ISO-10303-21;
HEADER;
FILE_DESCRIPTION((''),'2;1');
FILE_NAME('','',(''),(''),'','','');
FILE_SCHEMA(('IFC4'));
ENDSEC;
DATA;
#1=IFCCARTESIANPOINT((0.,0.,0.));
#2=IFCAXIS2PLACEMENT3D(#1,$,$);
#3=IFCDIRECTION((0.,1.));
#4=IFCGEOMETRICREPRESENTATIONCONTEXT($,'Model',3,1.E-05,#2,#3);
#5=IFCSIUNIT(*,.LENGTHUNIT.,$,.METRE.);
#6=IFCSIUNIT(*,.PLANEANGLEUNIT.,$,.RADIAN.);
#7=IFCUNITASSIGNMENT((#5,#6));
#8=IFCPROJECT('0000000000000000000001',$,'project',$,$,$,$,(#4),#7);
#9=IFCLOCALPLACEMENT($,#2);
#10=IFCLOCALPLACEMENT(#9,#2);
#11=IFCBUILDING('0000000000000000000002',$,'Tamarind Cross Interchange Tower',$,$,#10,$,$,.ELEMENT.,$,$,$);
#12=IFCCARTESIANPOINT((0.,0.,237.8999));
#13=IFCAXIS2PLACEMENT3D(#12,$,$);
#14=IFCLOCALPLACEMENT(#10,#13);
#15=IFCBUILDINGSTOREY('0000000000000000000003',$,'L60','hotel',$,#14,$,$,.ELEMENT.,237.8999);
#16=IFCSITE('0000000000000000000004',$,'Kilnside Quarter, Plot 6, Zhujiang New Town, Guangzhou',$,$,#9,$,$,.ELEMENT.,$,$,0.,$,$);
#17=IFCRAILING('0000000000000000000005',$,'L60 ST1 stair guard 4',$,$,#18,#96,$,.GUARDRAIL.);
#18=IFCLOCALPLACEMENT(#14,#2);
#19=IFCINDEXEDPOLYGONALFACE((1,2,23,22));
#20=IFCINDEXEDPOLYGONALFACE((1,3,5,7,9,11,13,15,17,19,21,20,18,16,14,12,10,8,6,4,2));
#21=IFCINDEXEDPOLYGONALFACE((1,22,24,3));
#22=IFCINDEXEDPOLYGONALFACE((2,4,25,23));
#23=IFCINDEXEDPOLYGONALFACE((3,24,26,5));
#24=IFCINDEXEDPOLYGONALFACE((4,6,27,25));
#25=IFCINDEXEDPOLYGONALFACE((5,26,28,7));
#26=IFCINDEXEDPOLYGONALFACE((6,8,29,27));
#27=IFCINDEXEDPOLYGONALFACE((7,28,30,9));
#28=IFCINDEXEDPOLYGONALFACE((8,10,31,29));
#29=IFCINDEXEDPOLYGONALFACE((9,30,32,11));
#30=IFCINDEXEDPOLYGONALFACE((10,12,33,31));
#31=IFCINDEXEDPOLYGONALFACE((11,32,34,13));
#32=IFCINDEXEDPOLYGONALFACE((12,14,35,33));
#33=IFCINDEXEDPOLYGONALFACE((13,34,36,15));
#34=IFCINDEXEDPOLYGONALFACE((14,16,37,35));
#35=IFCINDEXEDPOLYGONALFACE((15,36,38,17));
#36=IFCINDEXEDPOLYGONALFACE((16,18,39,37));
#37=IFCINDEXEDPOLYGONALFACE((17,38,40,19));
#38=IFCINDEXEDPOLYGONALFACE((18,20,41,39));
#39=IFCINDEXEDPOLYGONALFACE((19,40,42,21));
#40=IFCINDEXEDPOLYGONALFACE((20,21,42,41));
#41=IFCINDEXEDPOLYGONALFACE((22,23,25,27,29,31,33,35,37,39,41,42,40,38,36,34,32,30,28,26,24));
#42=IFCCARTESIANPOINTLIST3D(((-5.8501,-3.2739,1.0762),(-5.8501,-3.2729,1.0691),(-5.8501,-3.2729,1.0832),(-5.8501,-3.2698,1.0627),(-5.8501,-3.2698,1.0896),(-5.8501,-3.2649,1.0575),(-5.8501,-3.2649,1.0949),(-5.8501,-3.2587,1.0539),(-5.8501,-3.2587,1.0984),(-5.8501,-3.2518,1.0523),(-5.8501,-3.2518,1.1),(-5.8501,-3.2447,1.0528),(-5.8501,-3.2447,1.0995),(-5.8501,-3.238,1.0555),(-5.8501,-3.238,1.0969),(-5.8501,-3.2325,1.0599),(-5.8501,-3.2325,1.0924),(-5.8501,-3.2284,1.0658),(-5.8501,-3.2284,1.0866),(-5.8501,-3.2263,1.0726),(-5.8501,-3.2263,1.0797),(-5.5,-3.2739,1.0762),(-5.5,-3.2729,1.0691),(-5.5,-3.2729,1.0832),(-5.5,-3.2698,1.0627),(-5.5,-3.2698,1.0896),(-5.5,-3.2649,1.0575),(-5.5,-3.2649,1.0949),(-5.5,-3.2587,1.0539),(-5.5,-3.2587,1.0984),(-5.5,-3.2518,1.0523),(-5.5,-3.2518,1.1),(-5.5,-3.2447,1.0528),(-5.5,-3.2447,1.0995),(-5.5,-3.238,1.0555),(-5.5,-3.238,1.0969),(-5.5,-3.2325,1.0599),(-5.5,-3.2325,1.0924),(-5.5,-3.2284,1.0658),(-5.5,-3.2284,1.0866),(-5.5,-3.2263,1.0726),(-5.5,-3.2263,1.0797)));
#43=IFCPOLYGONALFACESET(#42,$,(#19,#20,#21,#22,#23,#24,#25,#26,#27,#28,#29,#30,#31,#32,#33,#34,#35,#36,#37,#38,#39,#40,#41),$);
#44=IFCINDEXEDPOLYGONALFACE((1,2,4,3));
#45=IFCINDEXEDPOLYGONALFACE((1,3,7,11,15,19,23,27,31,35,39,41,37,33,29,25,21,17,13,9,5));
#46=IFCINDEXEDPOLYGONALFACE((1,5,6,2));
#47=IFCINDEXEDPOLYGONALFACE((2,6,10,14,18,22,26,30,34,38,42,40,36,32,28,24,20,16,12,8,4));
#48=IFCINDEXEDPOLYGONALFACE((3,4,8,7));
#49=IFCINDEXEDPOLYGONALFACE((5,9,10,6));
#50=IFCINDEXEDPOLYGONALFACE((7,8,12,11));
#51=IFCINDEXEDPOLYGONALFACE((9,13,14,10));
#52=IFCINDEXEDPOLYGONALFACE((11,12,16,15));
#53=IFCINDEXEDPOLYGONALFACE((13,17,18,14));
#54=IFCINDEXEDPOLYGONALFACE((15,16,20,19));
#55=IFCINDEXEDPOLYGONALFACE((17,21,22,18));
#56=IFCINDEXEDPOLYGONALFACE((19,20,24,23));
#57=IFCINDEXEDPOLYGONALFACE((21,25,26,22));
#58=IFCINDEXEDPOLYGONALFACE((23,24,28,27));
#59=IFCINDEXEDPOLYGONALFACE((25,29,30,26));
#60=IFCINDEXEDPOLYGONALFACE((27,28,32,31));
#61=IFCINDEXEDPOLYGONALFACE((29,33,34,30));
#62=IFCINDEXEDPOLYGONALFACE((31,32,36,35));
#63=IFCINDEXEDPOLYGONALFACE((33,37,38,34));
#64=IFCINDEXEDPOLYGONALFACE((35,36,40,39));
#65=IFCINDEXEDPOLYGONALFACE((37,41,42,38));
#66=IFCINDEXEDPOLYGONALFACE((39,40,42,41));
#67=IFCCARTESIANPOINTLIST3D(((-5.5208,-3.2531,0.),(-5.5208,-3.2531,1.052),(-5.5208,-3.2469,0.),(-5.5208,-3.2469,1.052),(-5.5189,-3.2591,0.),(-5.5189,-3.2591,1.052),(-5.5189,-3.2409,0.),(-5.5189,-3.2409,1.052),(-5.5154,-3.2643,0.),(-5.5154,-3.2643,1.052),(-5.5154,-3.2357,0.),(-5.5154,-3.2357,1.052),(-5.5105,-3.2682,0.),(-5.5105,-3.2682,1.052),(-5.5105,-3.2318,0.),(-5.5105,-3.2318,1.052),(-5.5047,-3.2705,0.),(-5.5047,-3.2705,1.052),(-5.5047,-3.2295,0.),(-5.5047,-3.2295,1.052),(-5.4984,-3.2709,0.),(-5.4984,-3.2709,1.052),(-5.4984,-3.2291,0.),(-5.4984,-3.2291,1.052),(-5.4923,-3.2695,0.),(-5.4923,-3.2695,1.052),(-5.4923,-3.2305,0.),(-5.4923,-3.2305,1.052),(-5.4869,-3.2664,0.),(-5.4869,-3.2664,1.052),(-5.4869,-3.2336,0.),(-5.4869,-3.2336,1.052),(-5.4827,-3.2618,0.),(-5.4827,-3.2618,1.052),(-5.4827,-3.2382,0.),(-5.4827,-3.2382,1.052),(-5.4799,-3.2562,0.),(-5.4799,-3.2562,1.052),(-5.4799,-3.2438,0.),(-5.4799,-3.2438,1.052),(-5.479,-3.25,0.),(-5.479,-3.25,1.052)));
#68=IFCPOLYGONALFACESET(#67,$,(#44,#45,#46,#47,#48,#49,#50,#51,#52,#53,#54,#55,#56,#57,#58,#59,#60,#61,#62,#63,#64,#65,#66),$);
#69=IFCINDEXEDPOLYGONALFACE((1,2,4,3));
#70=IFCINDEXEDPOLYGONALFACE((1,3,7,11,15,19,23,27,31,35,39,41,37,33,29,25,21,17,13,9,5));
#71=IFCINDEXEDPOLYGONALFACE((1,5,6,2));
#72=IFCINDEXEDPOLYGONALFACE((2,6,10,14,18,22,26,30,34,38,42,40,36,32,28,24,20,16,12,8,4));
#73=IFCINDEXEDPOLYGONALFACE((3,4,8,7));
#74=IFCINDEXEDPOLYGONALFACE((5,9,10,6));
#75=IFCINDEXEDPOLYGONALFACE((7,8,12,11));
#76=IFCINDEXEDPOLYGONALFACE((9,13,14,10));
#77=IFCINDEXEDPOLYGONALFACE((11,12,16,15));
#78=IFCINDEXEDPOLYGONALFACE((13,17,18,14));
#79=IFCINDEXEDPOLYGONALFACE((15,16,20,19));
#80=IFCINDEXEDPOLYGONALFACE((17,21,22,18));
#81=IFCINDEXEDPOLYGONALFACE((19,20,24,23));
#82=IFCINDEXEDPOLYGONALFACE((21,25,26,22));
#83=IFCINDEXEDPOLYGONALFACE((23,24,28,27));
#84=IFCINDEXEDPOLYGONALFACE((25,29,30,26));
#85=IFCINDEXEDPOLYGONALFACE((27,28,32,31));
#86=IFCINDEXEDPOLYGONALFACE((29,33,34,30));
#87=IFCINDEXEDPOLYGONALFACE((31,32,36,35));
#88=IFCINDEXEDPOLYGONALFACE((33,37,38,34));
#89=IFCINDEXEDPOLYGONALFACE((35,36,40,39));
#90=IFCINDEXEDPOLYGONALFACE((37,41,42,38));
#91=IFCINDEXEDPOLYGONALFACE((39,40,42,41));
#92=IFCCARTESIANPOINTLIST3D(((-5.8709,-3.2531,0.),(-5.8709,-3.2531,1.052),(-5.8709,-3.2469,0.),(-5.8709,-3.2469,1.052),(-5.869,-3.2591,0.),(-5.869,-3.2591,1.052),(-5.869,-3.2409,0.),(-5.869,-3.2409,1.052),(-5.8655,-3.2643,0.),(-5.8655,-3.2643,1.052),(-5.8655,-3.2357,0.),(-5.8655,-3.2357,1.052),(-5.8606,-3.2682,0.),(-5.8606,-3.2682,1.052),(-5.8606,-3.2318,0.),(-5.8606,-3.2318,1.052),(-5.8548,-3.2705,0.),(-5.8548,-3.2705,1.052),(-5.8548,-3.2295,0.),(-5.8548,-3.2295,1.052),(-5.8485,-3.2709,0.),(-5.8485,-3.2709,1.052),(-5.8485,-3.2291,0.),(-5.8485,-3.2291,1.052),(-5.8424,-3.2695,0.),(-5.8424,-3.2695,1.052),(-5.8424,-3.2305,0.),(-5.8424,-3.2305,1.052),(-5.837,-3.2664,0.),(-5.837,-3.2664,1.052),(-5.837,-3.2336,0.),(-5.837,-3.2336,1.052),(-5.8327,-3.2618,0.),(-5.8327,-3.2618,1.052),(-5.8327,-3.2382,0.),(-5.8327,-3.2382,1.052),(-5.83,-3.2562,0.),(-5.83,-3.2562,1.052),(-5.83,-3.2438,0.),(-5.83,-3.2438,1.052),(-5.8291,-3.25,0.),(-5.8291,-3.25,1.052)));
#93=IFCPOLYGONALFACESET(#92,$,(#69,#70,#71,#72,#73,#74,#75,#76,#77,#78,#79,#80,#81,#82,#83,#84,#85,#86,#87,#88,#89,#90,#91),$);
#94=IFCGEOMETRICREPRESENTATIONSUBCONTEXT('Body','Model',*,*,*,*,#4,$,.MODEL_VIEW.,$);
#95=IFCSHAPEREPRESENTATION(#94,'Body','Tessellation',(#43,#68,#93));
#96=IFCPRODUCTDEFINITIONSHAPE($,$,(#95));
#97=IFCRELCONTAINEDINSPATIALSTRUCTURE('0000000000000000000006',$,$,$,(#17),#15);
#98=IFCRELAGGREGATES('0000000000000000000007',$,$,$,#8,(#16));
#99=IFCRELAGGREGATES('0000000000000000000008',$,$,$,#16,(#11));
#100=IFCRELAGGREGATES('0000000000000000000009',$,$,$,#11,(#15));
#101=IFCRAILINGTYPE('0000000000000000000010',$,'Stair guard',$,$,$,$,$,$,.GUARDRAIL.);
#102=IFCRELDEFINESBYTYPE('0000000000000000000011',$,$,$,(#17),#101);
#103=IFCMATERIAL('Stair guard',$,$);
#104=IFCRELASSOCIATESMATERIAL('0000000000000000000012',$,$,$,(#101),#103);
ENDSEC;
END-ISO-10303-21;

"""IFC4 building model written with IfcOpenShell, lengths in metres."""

from ifc_helpers import new_model, si_unit, direction, frame, origin, origin_2d, place, context, subcontext, project, spatial, circle, extrude, material, type_object, element, save


model = new_model("IFC4")

# Units and contexts
model_context = context("Model", 3, precision=1e-05, world=origin(), true_north=direction((0.0, 1.0)))
body_context = subcontext(model_context, "Body", "Model", "MODEL_VIEW")
ifc_project = project(units=[si_unit("LENGTHUNIT", "METRE"), si_unit("PLANEANGLEUNIT", "RADIAN")], contexts=[model_context])

# Site, building, storey
site_placement = place(None, origin())
site = spatial("IfcSite", under=ifc_project, at=site_placement, Name="Kilnside Quarter, Plot 6, Zhujiang New Town, Guangzhou", CompositionType="ELEMENT", RefElevation=0.0)
building_placement = place(site_placement, origin())
building = spatial("IfcBuilding", under=site, at=building_placement, Name="Tamarind Cross Interchange Tower", CompositionType="ELEMENT")
storey_placement = place(building_placement, frame((0.0, 0.0, 237.8999)))
storey = spatial("IfcBuildingStorey", under=building, at=storey_placement, Name="L60", Description="hotel", CompositionType="ELEMENT", Elevation=237.8999)

# Railing
ifc_material_1 = material(Name="Stair guard")
railing_type_1 = type_object("IfcRailingType", Name="Stair guard", PredefinedType="GUARDRAIL", material=ifc_material_1)
railing_1_placement = place(storey_placement, frame((-5.5, -3.25, 0.0)))
element("IfcRailing", 1, at=railing_1_placement, inside=storey, type_object=railing_type_1, Name="L60 ST1 stair guard 4", PredefinedType="GUARDRAIL", context=body_context, shape_type="SweptSolid", body=[
    extrude(circle(Radius=0.0239, at=origin_2d()), frame((0.0, 0.0, 1.0762), z_axis=(-1.0, 0.0, 0.0), x_axis=(0.0, -1.0, 0.0)), (0.0, 0.0, 1.0), 0.3501),
    extrude(circle(Radius=0.021, at=origin_2d()), origin(), (0.0, 0.0, 1.0), 1.052),
    extrude(circle(Radius=0.021, at=origin_2d()), frame((-0.3501, 0.0, 0.0)), (0.0, 0.0, 1.0), 1.052),
])

save(model, "model.ifc")
